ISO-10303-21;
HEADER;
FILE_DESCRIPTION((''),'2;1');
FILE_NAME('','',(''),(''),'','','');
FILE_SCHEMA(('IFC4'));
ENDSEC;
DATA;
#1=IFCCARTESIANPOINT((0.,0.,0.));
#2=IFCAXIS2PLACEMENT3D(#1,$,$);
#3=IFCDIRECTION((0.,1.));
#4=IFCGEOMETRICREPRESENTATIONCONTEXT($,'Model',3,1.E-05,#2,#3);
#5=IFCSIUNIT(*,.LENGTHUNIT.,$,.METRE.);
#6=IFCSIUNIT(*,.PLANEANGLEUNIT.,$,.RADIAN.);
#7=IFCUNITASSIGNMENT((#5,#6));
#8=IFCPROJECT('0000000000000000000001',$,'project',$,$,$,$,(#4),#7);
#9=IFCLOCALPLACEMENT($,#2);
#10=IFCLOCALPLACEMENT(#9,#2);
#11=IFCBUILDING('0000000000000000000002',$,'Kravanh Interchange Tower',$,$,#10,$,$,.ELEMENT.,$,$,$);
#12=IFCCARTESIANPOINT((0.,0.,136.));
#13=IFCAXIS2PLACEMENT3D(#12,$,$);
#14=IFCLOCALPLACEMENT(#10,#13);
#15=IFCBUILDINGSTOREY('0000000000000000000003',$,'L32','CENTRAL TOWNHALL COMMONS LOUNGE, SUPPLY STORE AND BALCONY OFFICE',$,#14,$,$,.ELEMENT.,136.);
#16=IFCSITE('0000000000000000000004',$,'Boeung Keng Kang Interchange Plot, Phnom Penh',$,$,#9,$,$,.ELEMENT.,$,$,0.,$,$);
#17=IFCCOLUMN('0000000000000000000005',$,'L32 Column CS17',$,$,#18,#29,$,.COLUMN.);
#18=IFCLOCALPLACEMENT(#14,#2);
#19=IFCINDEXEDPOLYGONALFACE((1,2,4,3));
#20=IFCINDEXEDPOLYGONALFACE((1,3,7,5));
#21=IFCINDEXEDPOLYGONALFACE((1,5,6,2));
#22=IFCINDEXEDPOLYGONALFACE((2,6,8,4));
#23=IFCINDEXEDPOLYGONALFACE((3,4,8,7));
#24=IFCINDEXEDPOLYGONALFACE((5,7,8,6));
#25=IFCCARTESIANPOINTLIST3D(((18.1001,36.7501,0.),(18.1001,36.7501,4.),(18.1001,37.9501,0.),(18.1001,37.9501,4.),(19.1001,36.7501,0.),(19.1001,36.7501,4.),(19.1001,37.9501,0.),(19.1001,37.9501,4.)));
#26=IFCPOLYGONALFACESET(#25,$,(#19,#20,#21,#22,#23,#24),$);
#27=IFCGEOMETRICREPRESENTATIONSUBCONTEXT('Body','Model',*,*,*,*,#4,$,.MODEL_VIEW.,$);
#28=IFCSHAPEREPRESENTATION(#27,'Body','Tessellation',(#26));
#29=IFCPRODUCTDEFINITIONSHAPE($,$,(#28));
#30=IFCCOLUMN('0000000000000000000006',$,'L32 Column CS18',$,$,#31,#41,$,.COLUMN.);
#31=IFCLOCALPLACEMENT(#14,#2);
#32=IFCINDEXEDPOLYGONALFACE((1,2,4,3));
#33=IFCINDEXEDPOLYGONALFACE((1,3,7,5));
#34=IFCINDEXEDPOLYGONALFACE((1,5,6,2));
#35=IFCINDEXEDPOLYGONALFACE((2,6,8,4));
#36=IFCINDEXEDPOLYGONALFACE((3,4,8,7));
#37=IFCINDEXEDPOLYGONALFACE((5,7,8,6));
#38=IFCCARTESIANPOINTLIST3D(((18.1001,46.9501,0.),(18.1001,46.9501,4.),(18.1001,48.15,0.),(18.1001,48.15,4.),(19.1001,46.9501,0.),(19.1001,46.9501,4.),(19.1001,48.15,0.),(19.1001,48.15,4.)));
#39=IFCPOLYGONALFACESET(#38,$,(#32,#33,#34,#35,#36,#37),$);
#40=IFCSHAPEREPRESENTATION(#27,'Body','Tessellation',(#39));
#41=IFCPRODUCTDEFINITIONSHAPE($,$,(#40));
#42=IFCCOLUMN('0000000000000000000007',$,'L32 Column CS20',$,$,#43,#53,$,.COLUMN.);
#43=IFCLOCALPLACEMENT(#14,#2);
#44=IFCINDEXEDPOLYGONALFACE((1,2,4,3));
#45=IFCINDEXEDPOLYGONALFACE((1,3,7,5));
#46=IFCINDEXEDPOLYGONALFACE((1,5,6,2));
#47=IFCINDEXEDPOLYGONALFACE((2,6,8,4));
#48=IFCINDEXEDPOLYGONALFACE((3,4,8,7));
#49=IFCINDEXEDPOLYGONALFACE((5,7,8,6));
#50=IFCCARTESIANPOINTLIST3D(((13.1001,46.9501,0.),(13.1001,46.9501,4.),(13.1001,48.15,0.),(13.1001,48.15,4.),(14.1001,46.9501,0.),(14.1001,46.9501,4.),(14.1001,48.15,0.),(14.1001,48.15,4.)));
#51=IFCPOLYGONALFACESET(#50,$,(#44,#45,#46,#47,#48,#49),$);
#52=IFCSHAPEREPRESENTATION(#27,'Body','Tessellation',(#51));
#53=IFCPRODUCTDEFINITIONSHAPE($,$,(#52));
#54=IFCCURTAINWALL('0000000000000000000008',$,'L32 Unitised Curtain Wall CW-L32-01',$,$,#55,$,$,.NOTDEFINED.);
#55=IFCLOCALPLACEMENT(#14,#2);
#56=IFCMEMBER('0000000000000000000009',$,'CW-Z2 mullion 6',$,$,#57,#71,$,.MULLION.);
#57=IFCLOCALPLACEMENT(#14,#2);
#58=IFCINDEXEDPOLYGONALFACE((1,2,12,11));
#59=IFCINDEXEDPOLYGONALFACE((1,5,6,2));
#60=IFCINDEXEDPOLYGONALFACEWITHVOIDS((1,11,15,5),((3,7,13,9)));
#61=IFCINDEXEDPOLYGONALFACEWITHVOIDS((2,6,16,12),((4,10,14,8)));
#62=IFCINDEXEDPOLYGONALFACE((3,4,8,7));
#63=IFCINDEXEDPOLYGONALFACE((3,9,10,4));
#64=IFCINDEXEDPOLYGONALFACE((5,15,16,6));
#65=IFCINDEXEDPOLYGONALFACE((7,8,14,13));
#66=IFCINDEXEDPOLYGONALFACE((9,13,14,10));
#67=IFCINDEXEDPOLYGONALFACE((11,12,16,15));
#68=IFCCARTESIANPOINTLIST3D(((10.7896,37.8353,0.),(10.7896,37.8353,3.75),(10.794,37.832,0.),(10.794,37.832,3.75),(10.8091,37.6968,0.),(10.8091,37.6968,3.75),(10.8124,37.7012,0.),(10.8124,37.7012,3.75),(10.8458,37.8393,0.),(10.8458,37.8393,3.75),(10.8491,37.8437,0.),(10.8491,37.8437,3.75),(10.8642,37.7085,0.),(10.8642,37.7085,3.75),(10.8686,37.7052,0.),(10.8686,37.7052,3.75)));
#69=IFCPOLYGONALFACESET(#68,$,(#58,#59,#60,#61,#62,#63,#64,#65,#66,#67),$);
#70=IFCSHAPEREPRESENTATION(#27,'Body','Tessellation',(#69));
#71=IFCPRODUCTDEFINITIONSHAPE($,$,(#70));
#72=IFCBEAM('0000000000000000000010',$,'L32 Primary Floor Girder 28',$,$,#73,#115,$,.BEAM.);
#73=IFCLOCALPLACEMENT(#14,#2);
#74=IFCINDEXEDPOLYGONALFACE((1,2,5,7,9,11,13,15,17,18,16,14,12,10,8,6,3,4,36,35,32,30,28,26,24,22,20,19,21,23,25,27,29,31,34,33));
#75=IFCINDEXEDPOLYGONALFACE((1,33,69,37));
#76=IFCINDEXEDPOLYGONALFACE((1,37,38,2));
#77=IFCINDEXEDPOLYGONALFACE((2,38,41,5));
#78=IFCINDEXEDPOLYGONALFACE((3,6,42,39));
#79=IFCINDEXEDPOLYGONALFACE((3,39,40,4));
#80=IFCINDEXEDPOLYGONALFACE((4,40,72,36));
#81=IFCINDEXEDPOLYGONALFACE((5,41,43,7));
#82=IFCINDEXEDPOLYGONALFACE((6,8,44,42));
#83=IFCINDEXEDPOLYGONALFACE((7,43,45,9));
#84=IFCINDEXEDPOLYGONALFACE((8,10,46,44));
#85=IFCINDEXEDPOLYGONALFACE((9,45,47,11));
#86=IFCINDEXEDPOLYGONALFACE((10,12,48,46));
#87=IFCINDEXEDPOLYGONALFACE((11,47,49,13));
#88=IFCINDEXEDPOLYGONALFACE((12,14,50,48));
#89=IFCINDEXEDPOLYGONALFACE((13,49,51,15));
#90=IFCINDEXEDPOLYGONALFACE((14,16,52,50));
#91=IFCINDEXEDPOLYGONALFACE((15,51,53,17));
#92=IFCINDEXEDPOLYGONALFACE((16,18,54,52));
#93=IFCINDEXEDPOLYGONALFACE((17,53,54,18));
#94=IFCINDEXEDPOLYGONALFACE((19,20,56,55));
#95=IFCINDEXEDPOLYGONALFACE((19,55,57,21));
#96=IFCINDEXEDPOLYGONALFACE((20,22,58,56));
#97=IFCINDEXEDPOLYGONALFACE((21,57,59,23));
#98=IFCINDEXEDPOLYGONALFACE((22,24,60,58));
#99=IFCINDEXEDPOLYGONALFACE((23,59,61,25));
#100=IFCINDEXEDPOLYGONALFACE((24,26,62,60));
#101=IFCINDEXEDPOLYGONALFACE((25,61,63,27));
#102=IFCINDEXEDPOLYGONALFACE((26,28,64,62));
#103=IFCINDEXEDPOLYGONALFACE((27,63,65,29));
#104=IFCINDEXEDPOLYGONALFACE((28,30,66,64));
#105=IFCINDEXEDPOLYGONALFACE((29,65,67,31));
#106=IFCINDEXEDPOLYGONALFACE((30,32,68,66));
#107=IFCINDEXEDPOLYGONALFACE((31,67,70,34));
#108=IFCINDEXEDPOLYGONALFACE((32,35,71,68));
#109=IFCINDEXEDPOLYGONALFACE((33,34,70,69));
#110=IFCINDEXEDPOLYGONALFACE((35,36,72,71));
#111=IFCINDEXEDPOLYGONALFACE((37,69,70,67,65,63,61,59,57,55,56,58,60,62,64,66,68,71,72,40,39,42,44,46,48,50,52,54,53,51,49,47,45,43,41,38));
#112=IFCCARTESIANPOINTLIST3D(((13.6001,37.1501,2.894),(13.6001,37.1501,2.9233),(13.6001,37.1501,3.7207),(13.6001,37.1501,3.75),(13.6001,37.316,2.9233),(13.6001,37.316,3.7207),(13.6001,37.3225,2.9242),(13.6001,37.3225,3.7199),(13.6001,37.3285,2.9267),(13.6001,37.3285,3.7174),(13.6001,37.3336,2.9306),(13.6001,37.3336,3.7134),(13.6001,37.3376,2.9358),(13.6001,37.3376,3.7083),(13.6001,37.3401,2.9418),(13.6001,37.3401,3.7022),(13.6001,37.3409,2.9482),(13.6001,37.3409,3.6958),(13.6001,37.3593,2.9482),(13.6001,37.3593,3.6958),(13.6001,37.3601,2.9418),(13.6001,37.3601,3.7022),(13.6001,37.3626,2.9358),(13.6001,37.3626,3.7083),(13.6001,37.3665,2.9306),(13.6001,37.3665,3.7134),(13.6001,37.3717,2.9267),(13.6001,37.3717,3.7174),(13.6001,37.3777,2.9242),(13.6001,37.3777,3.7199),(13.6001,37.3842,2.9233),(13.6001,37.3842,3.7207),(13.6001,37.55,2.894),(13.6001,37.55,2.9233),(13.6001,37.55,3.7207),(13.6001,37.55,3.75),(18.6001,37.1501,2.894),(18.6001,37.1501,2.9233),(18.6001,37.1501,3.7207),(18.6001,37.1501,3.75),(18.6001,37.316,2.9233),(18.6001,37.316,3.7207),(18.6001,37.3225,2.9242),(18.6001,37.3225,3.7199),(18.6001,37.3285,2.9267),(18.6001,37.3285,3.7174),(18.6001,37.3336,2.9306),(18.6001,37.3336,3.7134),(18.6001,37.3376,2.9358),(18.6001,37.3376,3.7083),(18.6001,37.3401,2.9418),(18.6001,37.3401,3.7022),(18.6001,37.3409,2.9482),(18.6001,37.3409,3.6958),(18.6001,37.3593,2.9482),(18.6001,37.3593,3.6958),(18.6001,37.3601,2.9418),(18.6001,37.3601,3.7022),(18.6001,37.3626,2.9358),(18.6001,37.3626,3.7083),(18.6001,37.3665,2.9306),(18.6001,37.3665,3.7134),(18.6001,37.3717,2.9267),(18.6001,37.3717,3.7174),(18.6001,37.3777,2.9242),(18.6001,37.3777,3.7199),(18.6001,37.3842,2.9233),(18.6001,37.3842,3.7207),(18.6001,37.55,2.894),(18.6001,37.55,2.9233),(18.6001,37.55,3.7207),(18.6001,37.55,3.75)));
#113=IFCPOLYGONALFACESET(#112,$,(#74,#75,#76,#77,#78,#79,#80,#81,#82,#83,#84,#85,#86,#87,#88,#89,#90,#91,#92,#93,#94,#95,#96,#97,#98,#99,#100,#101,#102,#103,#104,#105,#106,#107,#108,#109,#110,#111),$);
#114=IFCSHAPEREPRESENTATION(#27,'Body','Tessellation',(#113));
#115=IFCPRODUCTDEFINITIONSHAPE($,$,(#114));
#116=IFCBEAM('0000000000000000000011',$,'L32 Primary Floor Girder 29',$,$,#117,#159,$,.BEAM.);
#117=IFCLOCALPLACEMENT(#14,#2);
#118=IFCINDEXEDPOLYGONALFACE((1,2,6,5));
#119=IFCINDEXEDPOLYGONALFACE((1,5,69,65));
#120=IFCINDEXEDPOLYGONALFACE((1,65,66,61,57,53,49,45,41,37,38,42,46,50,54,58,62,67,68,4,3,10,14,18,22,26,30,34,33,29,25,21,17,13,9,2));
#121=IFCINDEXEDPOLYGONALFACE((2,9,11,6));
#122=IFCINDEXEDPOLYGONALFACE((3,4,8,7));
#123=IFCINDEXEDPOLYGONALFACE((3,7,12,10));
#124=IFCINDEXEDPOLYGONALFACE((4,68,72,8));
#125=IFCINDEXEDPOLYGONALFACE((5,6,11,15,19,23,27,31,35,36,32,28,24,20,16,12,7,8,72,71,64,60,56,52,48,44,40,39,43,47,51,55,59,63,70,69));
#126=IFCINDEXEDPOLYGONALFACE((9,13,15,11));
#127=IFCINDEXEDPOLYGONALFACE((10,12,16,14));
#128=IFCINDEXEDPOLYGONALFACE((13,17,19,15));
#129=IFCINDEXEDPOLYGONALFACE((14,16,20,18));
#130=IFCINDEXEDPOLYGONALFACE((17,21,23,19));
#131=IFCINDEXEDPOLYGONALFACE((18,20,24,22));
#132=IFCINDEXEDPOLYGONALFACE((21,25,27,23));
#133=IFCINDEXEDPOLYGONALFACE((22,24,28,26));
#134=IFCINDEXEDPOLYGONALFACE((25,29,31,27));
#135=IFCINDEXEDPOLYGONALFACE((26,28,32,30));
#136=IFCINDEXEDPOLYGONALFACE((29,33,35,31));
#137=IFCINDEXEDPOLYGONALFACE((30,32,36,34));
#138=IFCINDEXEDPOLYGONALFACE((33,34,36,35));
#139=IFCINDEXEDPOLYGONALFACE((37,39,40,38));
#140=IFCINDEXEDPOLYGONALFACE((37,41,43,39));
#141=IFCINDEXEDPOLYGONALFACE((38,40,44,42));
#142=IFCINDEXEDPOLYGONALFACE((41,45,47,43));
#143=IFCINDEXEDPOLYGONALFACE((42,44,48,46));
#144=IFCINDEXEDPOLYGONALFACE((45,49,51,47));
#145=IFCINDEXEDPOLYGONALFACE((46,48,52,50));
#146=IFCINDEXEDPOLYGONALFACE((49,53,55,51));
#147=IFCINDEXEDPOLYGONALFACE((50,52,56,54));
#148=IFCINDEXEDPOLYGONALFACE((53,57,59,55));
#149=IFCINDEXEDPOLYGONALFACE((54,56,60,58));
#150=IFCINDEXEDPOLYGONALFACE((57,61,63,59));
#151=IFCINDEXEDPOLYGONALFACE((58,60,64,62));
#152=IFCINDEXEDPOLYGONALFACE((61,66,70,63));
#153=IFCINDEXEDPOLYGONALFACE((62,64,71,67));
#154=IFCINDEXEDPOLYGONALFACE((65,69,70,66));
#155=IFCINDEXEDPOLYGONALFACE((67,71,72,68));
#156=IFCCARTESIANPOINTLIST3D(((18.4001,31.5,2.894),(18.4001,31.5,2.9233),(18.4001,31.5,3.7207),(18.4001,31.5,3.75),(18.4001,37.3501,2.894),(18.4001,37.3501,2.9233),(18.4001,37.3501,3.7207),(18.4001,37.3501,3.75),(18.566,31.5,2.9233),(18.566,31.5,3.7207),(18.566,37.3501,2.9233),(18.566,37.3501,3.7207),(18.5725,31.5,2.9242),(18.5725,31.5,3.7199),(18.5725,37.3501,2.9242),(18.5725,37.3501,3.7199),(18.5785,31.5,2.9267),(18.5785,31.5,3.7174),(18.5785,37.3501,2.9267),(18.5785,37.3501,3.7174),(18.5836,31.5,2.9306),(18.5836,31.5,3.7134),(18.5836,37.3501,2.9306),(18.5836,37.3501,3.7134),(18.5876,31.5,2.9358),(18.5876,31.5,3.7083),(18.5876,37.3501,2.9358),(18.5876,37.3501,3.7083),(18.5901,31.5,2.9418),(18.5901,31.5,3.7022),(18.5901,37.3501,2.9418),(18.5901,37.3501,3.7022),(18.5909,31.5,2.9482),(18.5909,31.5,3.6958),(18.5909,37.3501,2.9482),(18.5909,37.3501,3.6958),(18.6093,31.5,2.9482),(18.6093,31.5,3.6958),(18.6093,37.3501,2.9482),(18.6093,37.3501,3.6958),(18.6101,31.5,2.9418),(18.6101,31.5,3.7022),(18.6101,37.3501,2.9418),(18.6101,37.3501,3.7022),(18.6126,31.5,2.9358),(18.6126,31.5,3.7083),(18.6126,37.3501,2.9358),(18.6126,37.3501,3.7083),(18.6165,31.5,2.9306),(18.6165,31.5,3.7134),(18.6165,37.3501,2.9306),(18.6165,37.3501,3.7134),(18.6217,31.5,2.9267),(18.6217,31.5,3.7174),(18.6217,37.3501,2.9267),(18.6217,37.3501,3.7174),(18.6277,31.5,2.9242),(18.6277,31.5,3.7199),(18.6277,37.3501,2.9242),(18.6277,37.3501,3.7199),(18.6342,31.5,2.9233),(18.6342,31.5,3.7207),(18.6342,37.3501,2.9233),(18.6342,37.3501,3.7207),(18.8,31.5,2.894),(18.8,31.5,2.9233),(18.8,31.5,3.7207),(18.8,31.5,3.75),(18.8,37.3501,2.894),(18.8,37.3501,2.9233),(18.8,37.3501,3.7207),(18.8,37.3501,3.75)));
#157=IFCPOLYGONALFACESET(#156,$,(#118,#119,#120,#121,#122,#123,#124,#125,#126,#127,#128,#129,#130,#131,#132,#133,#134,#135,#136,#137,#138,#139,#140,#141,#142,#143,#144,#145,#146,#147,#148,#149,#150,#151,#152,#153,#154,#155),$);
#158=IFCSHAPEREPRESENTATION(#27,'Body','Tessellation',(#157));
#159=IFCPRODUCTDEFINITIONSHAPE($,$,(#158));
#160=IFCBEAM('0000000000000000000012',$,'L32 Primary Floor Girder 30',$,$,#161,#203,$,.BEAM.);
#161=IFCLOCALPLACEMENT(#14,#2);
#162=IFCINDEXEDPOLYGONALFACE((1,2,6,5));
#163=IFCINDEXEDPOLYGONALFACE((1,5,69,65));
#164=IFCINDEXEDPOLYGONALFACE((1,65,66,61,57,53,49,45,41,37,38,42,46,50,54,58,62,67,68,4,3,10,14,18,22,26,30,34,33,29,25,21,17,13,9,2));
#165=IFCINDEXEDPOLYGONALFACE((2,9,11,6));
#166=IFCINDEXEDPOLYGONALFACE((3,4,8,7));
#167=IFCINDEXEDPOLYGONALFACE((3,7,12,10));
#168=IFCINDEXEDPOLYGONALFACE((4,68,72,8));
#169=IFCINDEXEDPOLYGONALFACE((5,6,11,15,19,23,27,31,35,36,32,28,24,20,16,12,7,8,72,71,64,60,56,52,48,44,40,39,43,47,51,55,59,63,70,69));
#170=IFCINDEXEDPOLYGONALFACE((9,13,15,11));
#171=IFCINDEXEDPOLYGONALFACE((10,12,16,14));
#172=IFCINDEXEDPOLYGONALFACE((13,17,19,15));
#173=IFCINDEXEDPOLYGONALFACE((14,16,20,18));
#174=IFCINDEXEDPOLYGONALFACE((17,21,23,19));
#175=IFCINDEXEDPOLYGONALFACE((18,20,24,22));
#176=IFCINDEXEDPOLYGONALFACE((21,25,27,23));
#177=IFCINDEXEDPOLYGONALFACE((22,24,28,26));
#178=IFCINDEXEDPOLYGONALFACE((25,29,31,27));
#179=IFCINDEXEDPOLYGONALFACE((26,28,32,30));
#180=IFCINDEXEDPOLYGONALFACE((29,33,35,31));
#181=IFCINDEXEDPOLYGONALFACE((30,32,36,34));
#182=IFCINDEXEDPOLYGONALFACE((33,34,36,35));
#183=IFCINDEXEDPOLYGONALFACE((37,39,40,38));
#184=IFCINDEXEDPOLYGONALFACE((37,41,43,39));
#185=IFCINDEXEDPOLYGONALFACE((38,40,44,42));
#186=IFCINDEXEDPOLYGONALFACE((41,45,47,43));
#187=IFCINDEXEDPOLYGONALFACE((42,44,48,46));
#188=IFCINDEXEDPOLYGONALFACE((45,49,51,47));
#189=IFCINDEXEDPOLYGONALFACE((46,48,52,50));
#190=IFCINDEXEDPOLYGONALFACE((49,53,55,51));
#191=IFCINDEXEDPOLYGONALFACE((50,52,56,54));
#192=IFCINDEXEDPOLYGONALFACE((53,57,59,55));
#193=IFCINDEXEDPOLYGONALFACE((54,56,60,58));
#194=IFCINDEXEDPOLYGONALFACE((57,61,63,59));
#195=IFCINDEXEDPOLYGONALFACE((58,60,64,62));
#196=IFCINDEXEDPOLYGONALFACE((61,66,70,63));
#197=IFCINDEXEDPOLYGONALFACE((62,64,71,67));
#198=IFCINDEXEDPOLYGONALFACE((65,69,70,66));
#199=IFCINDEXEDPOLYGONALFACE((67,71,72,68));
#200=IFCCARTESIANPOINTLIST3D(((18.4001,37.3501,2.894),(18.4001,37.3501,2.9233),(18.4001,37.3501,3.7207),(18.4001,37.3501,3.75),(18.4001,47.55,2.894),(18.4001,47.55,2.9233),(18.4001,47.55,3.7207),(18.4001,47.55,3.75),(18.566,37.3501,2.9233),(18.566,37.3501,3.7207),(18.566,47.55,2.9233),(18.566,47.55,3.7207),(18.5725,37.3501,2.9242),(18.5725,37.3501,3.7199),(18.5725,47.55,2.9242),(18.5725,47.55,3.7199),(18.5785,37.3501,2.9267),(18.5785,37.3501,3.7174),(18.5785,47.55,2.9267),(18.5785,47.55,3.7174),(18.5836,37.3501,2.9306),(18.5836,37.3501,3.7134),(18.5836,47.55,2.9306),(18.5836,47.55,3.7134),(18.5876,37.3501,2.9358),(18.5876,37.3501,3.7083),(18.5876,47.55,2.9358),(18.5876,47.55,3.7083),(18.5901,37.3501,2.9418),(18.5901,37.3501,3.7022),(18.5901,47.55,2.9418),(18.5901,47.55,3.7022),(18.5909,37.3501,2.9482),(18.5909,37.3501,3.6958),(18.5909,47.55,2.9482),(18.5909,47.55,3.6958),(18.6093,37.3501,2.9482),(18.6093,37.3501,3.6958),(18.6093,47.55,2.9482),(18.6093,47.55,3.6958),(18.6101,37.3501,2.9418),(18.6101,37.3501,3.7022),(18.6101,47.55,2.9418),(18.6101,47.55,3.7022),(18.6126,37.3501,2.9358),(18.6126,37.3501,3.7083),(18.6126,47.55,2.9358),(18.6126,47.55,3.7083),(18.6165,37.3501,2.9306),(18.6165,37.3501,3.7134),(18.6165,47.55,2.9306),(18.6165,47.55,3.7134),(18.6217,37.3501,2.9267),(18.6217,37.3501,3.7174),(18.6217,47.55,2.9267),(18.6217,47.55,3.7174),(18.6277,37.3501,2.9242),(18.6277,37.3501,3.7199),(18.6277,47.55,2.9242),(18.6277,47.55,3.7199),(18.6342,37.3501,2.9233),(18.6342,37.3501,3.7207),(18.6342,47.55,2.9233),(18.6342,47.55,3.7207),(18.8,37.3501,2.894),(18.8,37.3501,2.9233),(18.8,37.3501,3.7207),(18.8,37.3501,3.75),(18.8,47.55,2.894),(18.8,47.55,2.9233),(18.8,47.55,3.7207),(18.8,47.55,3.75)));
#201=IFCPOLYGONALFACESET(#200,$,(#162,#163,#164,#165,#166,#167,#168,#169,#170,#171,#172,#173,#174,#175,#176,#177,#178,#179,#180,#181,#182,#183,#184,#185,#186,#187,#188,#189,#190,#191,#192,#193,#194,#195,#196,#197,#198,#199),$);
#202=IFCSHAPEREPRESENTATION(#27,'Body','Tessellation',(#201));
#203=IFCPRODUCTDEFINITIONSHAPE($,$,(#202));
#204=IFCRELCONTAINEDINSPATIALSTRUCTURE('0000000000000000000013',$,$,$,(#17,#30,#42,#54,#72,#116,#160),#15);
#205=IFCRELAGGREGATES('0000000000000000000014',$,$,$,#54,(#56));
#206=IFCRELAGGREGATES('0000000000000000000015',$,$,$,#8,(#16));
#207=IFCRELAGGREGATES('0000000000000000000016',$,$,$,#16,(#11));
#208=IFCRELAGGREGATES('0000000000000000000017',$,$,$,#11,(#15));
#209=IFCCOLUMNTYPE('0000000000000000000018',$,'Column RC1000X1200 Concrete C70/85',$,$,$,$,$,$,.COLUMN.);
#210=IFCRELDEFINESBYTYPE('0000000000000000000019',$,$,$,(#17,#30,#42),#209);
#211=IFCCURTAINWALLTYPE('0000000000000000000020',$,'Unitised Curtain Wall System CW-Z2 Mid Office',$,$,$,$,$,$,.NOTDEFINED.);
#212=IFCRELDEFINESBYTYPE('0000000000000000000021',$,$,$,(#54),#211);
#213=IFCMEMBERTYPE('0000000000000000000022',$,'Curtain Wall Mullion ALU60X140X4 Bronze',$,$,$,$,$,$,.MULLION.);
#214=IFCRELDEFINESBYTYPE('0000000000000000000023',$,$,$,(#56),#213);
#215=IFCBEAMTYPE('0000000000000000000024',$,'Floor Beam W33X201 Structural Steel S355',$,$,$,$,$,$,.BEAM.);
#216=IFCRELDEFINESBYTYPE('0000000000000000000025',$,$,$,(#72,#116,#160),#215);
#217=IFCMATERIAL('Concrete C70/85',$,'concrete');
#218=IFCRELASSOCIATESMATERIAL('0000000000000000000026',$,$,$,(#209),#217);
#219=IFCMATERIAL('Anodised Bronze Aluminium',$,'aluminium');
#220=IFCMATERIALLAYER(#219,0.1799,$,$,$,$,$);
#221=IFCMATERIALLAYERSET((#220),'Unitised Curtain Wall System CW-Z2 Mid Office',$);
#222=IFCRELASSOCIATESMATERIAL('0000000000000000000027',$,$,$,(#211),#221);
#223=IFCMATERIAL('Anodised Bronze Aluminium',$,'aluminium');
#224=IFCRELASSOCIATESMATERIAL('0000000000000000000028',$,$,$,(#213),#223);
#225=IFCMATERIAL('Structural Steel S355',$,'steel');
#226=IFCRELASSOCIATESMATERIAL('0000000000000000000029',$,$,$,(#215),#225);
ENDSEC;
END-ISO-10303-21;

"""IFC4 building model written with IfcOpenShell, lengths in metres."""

from ifc_helpers import new_model, si_unit, direction, frame, origin, origin_2d, place, context, subcontext, project, spatial, rectangle, hollow_rectangle, i_section, extrude, material, layer, layer_set, material_profile, profile_set, type_object, element, aggregate, save


model = new_model("IFC4")

# Units and contexts
model_context = context("Model", 3, precision=1e-05, world=origin(), true_north=direction((0.0, 1.0)))
body_context = subcontext(model_context, "Body", "Model", "MODEL_VIEW")
ifc_project = project(units=[si_unit("LENGTHUNIT", "METRE"), si_unit("PLANEANGLEUNIT", "RADIAN")], contexts=[model_context])

# Site, building, storey
site_placement = place(None, origin())
site = spatial("IfcSite", under=ifc_project, at=site_placement, Name="Boeung Keng Kang Interchange Plot, Phnom Penh", CompositionType="ELEMENT", RefElevation=0.0)
building_placement = place(site_placement, origin())
building = spatial("IfcBuilding", under=site, at=building_placement, Name="Kravanh Interchange Tower", CompositionType="ELEMENT")
storey_placement = place(building_placement, frame((0.0, 0.0, 136.0)))
storey = spatial("IfcBuildingStorey", under=building, at=storey_placement, Name="L32", Description="CENTRAL TOWNHALL COMMONS LOUNGE, SUPPLY STORE AND BALCONY OFFICE", CompositionType="ELEMENT", Elevation=136.0)

# Columns
ifc_material_1 = material(Name="Concrete C70/85", Category="concrete")
ifc_material_profile_1 = material_profile(ifc_material_1, rectangle(XDim=1.0, YDim=1.2, at=origin_2d()), Name="RC1000X1200")
ifc_profile_set_1 = profile_set([ifc_material_profile_1], Name="Concrete C70/85")
column_type = type_object("IfcColumnType", Name="Column RC1000X1200 Concrete C70/85", PredefinedType="COLUMN", material=ifc_profile_set_1)
for number, where, z_axis, x_axis, name in (
    (1, (18.6001, 37.3501, 0.0), (0.0, 0.0, 1.0), (1.0, 0.0, 0.0), "L32 Column CS17"),
    (2, (18.6001, 47.55, 0.0), (0.0, 0.0, 1.0), (1.0, 0.0, 0.0), "L32 Column CS18"),
    (3, (13.6001, 47.55, 0.0), (0.0, 0.0, 1.0), (1.0, 0.0, 0.0), "L32 Column CS20"),
):
    element("IfcColumn", number, at=place(storey_placement, frame(where, z_axis=z_axis, x_axis=x_axis)), inside=storey, type_object=column_type, Name=name, PredefinedType="COLUMN", context=body_context, shape_type="SweptSolid", body=[
        extrude(rectangle(XDim=1.0, YDim=1.2, at=origin_2d()), origin(), (0.0, 0.0, 1.0), 4.0),
    ])

# Curtain wall, member
ifc_material_2 = material(Name="Anodised Bronze Aluminium", Category="aluminium")
ifc_layer_1 = layer(ifc_material_2, 0.1799)
ifc_layer_set_1 = layer_set([ifc_layer_1], Name="Unitised Curtain Wall System CW-Z2 Mid Office")
curtain_wall_type = type_object("IfcCurtainWallType", Name="Unitised Curtain Wall System CW-Z2 Mid Office", PredefinedType="NOTDEFINED", material=ifc_layer_set_1)
curtain_wall_placement = place(storey_placement, origin())
curtain_wall = element("IfcCurtainWall", 4, at=curtain_wall_placement, inside=storey, type_object=curtain_wall_type, Name="L32 Unitised Curtain Wall CW-L32-01", PredefinedType="NOTDEFINED")
ifc_material_3 = material(Name="Anodised Bronze Aluminium", Category="aluminium")
ifc_material_profile_2 = material_profile(ifc_material_3, hollow_rectangle(XDim=0.0601, YDim=0.1399, WallThickness=0.0039, at=origin_2d()), Name="ALU60X140X4")
ifc_profile_set_2 = profile_set([ifc_material_profile_2], Name="Anodised Bronze Aluminium")
member_type = type_object("IfcMemberType", Name="Curtain Wall Mullion ALU60X140X4 Bronze", PredefinedType="MULLION", material=ifc_profile_set_2)
member_placement = place(storey_placement, frame((10.8291, 37.7703, 0.0), z_axis=(0.0, 0.0, 1.0), x_axis=(-0.990268, -0.139173, 0.0)))
member = element("IfcMember", 5, at=member_placement, type_object=member_type, Name="CW-Z2 mullion 6", PredefinedType="MULLION", context=body_context, shape_type="SweptSolid", body=[
    extrude(hollow_rectangle(XDim=0.0601, YDim=0.1399, WallThickness=0.0039, at=origin_2d()), origin(), (0.0, 0.0, 1.0), 3.75),
])
aggregate(curtain_wall, [member])

# Beams
ifc_material_4 = material(Name="Structural Steel S355", Category="steel")
ifc_material_profile_3 = material_profile(ifc_material_4, i_section(OverallWidth=0.3999, OverallDepth=0.856, WebThickness=0.0183, FlangeThickness=0.0293, FilletRadius=0.0249, at=origin_2d()), Name="W33X201")
ifc_profile_set_3 = profile_set([ifc_material_profile_3], Name="Structural Steel S355")
beam_type = type_object("IfcBeamType", Name="Floor Beam W33X201 Structural Steel S355", PredefinedType="BEAM", material=ifc_profile_set_3)
beam_1_placement = place(storey_placement, frame((18.6001, 37.3501, 3.322), z_axis=(-1.0, 0.0, 0.0), x_axis=(0.0, -1.0, 0.0)))
element("IfcBeam", 6, at=beam_1_placement, inside=storey, type_object=beam_type, Name="L32 Primary Floor Girder 28", PredefinedType="BEAM", context=body_context, shape_type="SweptSolid", body=[
    extrude(i_section(OverallWidth=0.3999, OverallDepth=0.856, WebThickness=0.0183, FlangeThickness=0.0293, FilletRadius=0.0249, at=origin_2d()), origin(), (0.0, 0.0, 1.0), 5.0),
])
beam_2_placement = place(storey_placement, frame((18.6001, 37.3501, 3.322), z_axis=(0.0, -1.0, 0.0), x_axis=(1.0, 0.0, 0.0)))
element("IfcBeam", 7, at=beam_2_placement, inside=storey, type_object=beam_type, Name="L32 Primary Floor Girder 29", PredefinedType="BEAM", context=body_context, shape_type="SweptSolid", body=[
    extrude(i_section(OverallWidth=0.3999, OverallDepth=0.856, WebThickness=0.0183, FlangeThickness=0.0293, FilletRadius=0.0249, at=origin_2d()), origin(), (0.0, 0.0, 1.0), 5.8501),
])
beam_3_placement = place(storey_placement, frame((18.6001, 37.3501, 3.322), z_axis=(0.0, 1.0, 0.0), x_axis=(-1.0, 0.0, 0.0)))
element("IfcBeam", 8, at=beam_3_placement, inside=storey, type_object=beam_type, Name="L32 Primary Floor Girder 30", PredefinedType="BEAM", context=body_context, shape_type="SweptSolid", body=[
    extrude(i_section(OverallWidth=0.3999, OverallDepth=0.856, WebThickness=0.0183, FlangeThickness=0.0293, FilletRadius=0.0249, at=origin_2d()), origin(), (0.0, 0.0, 1.0), 10.2),
])

save(model, "model.ifc")
